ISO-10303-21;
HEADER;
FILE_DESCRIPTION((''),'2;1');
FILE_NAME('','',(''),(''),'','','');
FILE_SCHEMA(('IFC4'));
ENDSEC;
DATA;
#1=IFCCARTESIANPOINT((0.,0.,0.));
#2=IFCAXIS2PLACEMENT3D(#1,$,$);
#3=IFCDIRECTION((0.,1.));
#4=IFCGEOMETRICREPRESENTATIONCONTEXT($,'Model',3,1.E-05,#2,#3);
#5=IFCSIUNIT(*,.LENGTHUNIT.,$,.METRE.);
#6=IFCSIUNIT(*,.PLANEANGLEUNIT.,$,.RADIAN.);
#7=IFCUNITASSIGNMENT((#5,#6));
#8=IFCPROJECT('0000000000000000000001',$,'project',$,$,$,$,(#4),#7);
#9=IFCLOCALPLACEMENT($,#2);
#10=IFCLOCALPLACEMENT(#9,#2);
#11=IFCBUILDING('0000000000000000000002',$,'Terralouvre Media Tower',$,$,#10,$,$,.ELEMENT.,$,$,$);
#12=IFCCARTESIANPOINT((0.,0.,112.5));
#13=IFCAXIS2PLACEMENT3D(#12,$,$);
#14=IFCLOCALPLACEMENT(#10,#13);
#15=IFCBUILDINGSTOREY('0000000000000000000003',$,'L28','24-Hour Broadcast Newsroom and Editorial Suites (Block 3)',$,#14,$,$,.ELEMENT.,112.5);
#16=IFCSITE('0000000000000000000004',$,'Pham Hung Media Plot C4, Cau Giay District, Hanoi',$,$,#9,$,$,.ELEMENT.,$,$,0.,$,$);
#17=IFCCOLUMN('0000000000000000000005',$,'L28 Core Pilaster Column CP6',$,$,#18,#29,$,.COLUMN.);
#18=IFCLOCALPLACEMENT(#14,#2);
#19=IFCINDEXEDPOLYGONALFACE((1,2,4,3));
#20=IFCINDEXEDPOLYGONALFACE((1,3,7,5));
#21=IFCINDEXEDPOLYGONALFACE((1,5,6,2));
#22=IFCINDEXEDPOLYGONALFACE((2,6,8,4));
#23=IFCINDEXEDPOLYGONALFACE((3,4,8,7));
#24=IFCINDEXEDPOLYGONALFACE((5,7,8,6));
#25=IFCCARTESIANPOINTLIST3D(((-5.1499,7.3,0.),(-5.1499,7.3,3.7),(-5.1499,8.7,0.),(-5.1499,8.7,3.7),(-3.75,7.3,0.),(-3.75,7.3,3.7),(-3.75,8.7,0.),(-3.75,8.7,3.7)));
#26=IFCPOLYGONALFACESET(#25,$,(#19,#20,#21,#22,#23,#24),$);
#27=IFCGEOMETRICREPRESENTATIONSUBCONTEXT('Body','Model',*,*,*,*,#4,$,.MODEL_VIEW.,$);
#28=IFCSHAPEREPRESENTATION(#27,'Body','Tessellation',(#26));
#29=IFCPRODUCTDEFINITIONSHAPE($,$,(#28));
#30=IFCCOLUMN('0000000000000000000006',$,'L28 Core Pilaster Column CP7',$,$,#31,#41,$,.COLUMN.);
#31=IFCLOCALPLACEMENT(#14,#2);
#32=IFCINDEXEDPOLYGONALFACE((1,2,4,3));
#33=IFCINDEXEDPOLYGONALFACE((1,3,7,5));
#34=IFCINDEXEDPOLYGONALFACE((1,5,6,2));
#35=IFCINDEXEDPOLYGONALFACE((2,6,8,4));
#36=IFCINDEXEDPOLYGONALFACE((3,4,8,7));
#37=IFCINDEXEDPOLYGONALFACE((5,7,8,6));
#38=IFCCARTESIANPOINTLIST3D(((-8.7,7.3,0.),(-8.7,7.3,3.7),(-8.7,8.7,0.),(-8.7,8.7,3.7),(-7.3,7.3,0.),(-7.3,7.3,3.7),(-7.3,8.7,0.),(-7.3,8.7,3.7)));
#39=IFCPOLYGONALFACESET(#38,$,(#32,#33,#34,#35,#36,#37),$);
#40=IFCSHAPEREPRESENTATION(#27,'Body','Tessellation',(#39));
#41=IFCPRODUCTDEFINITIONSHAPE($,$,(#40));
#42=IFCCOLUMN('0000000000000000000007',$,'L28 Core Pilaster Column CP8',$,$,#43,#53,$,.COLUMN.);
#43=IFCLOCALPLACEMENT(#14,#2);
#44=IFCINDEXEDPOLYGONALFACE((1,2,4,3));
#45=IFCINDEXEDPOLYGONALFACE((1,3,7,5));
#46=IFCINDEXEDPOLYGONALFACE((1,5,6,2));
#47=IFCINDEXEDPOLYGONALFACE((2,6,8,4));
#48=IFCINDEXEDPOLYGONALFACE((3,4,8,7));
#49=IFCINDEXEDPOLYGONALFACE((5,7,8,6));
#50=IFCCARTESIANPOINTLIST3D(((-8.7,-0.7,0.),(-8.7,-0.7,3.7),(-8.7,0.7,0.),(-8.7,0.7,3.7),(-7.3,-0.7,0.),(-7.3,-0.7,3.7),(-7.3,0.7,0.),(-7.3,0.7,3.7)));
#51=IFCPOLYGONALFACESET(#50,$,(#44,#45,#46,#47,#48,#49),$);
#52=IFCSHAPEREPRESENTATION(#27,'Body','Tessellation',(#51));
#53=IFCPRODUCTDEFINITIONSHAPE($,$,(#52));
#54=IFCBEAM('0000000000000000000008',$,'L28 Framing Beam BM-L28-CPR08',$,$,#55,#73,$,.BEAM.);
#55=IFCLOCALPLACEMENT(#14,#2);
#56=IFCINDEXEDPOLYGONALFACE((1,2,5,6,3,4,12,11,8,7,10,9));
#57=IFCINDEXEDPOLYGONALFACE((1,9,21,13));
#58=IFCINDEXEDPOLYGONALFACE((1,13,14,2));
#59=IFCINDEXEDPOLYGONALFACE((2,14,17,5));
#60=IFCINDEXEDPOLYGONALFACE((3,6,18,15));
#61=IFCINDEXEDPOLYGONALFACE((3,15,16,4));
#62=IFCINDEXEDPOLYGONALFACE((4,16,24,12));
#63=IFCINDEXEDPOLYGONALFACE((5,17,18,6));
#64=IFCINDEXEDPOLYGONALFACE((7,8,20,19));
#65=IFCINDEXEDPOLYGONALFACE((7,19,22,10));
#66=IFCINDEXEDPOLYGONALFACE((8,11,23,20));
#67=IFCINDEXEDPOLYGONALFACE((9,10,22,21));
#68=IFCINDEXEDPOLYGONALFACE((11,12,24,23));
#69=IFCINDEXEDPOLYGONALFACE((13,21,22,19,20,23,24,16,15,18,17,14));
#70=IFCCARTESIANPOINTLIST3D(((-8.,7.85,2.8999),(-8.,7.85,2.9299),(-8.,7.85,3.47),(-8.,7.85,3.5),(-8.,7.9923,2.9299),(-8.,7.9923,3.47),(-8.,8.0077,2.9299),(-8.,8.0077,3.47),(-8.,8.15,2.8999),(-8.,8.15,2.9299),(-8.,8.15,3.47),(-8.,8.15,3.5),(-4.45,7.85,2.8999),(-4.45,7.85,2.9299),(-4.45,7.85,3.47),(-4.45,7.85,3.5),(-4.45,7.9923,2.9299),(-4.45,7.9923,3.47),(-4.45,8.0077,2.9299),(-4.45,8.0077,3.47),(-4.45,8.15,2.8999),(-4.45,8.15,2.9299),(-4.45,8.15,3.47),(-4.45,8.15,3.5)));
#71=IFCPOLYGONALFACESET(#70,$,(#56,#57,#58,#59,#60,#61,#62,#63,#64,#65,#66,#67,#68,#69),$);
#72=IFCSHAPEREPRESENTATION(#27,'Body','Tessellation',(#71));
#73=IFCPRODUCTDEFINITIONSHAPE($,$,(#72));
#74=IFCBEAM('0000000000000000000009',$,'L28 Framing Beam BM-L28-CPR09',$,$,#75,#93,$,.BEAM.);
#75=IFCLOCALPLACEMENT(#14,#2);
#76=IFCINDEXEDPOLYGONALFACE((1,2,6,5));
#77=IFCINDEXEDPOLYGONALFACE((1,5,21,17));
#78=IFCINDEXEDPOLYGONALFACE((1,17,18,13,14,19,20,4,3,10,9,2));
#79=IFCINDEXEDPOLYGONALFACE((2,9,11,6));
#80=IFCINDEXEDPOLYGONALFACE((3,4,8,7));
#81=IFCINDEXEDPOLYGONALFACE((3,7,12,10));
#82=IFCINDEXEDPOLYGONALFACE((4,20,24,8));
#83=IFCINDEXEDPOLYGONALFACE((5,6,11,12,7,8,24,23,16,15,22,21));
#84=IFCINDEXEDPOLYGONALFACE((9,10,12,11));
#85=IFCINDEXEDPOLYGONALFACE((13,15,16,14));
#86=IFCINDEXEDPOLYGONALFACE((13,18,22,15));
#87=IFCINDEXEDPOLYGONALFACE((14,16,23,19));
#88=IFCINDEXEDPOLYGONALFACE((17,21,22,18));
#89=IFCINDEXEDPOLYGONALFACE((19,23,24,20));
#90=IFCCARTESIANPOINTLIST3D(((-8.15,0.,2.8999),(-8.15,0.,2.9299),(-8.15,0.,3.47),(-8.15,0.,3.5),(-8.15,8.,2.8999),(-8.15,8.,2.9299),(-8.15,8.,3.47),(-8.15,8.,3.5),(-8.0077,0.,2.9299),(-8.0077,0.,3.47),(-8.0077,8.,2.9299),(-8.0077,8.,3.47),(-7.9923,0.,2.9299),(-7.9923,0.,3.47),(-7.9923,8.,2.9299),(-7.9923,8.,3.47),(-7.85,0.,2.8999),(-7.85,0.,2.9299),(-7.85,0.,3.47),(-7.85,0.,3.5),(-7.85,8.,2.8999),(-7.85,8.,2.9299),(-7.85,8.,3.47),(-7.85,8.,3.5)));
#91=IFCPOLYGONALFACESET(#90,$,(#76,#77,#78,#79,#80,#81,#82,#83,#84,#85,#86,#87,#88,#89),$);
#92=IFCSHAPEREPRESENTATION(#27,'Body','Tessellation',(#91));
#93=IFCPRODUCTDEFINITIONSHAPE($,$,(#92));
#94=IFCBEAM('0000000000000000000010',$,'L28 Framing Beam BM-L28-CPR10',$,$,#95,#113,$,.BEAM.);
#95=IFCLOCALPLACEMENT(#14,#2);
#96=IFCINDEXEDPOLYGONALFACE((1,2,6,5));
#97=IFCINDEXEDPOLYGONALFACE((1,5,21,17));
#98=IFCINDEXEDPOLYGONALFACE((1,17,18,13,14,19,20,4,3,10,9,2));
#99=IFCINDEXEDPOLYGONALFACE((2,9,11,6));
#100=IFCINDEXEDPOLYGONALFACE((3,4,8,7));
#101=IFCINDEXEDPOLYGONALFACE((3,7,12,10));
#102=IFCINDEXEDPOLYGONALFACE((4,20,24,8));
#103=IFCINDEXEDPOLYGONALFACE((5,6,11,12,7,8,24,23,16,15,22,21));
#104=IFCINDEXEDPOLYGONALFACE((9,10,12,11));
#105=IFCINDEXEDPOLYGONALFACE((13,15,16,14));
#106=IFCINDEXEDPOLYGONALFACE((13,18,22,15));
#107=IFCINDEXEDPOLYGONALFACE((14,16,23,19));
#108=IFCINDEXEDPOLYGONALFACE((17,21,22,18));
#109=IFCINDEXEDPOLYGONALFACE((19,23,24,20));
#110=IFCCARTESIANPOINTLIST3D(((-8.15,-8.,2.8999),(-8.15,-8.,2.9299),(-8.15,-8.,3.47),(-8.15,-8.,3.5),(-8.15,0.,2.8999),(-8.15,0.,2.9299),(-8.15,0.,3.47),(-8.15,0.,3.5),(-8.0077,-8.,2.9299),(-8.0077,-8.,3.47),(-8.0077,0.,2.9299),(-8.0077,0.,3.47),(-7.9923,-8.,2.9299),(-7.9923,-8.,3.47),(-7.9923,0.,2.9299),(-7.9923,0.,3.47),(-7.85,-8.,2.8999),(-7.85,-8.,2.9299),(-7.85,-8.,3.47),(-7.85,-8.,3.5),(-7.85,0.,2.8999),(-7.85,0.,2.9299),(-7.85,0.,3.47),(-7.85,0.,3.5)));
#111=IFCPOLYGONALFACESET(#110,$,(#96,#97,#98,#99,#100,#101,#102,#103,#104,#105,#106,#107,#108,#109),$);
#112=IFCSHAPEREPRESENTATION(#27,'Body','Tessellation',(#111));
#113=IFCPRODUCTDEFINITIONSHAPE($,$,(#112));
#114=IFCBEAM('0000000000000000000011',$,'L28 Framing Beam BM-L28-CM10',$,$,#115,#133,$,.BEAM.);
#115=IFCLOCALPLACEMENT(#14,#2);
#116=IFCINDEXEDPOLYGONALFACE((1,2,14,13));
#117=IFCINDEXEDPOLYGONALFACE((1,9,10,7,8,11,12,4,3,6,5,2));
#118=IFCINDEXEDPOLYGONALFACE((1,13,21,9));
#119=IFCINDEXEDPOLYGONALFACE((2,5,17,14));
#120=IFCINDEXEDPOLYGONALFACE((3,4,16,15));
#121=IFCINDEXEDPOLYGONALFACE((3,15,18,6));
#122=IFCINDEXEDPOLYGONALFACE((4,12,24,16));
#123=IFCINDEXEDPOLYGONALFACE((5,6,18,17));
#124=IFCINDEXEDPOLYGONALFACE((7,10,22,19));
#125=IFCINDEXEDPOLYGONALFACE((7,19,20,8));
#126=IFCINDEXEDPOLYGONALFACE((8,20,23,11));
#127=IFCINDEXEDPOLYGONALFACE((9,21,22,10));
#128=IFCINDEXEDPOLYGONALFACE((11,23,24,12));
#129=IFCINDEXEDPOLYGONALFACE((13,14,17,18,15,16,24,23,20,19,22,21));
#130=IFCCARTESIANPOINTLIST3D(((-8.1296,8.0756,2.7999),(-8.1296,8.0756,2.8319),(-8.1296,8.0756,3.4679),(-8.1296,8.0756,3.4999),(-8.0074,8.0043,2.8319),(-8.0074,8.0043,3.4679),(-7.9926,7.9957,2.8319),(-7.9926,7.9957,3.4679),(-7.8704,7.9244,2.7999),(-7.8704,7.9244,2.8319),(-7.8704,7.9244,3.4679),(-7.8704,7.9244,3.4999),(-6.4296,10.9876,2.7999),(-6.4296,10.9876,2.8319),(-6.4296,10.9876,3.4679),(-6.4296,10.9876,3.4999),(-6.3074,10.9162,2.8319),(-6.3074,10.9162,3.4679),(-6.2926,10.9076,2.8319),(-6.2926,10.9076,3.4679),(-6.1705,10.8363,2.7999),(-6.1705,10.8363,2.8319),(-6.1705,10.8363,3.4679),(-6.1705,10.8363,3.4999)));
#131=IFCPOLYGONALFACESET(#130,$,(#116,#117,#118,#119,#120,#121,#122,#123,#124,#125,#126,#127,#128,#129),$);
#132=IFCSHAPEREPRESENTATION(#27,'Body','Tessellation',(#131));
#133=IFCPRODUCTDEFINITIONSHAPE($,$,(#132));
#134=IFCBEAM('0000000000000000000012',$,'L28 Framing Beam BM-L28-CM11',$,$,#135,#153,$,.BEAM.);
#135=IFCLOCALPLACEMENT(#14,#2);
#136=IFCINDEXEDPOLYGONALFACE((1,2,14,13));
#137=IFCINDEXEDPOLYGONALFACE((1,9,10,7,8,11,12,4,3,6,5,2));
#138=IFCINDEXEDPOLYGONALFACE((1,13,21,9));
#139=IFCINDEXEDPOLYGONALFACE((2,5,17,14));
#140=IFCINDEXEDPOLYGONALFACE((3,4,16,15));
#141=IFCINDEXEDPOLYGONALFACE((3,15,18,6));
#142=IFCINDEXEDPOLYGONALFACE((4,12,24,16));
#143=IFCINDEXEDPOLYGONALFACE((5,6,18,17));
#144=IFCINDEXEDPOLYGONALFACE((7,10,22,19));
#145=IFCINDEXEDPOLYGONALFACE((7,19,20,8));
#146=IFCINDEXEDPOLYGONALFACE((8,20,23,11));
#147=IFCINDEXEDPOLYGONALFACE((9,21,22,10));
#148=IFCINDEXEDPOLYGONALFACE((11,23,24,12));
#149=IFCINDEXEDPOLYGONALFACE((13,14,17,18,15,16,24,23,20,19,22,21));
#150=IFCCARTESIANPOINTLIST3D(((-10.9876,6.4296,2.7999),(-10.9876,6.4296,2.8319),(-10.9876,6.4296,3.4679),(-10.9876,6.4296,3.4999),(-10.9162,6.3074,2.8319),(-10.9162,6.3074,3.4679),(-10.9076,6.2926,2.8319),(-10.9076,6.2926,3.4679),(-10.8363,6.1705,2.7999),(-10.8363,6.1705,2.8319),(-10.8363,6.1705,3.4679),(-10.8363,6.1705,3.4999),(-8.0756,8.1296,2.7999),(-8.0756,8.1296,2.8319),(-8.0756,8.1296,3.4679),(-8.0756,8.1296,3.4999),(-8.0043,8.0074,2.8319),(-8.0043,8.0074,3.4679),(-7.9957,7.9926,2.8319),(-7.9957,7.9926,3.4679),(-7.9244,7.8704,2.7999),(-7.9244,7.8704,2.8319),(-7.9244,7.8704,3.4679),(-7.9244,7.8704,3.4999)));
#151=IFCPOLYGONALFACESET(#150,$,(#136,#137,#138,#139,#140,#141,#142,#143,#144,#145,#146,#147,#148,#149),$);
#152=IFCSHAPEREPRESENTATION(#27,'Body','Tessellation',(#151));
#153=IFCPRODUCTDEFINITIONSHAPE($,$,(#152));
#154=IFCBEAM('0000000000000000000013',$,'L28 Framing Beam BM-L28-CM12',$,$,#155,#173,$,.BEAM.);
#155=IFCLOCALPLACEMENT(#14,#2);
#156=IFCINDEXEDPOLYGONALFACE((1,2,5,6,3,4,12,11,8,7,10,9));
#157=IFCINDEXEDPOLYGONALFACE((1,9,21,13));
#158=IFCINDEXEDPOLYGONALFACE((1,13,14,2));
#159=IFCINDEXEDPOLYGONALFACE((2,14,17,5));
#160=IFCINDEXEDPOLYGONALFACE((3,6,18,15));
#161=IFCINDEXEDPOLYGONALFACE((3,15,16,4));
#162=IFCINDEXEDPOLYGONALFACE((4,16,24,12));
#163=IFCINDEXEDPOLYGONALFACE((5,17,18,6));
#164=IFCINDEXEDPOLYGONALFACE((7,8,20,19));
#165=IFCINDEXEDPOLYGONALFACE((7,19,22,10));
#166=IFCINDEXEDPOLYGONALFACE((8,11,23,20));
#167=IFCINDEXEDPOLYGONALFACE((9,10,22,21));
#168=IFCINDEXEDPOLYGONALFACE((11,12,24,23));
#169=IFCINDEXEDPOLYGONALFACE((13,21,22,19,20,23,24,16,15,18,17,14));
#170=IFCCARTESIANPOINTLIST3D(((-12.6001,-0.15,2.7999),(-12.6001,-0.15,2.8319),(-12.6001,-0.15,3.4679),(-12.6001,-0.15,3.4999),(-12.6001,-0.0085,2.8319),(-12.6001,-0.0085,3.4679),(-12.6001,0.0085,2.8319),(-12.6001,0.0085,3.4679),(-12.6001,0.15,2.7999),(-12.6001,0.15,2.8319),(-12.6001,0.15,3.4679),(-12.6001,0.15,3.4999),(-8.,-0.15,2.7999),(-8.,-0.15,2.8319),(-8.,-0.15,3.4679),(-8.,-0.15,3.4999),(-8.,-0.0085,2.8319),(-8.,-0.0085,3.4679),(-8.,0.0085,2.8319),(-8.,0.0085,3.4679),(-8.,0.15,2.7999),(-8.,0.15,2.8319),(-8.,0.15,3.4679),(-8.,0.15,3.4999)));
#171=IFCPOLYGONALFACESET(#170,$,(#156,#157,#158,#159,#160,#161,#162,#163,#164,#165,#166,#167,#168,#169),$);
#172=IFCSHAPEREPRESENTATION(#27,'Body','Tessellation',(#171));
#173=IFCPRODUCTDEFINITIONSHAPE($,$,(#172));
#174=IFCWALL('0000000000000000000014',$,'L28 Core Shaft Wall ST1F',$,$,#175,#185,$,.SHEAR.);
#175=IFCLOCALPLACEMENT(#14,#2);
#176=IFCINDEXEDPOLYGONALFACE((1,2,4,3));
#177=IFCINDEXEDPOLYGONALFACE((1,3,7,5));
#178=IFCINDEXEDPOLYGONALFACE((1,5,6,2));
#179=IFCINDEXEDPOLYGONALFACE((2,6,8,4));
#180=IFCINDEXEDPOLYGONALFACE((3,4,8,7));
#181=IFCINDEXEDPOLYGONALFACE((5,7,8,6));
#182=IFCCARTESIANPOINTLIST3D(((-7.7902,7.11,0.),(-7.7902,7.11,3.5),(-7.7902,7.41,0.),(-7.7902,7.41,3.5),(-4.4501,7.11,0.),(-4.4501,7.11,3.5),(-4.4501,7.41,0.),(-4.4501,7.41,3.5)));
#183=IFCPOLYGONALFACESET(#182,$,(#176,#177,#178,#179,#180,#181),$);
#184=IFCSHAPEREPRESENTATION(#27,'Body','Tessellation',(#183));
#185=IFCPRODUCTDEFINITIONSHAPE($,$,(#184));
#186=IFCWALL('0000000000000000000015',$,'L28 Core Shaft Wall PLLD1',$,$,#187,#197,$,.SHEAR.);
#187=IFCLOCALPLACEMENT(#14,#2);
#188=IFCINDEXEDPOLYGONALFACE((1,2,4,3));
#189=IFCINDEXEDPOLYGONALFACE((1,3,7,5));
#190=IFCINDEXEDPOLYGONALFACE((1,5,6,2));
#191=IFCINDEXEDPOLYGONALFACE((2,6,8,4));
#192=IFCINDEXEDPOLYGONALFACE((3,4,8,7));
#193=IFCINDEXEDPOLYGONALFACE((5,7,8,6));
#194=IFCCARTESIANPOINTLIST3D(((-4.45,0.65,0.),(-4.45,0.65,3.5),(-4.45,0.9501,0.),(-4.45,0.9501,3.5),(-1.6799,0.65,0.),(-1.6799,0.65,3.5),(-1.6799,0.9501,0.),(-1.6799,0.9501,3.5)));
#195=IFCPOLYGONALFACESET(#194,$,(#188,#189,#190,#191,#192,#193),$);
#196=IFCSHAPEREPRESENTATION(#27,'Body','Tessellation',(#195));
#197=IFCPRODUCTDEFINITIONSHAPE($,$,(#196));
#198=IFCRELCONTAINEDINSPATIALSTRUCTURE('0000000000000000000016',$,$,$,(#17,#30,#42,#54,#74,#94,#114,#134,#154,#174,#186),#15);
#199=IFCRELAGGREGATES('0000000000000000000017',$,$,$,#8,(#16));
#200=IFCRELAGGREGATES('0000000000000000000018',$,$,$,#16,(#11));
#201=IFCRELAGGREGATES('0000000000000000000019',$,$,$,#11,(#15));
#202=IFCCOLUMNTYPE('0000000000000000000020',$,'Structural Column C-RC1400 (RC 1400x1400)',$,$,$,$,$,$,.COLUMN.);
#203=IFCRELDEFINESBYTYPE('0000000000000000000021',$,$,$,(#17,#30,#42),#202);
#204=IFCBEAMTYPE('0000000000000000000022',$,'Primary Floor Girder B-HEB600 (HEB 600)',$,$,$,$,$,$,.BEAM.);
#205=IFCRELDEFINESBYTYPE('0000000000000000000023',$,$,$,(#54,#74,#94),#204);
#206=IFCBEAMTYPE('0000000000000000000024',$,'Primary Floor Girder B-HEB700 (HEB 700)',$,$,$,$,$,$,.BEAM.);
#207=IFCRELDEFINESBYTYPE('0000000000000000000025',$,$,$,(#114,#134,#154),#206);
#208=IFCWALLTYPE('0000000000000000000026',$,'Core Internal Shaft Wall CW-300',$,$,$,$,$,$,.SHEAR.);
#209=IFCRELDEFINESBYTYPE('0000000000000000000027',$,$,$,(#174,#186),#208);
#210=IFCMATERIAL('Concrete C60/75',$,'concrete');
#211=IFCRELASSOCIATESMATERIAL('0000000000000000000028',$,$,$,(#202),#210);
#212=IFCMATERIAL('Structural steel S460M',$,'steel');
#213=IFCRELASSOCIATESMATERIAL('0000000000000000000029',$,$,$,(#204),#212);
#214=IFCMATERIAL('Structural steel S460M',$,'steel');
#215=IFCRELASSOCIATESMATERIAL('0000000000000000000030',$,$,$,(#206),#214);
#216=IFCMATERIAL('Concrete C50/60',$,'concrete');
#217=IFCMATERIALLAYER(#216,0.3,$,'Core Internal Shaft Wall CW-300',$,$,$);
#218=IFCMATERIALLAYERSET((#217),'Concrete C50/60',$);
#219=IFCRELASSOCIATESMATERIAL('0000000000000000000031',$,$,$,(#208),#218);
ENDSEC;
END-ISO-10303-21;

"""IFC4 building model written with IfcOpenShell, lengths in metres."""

from ifc_helpers import new_model, si_unit, direction, frame, frame_2d, origin, origin_2d, place, context, subcontext, project, spatial, rectangle, i_section, extrude, material, layer, layer_set, material_profile, profile_set, type_object, element, save


model = new_model("IFC4")

# Units and contexts
model_context = context("Model", 3, precision=1e-05, world=origin(), true_north=direction((0.0, 1.0)))
body_context = subcontext(model_context, "Body", "Model", "MODEL_VIEW")
ifc_project = project(units=[si_unit("LENGTHUNIT", "METRE"), si_unit("PLANEANGLEUNIT", "RADIAN")], contexts=[model_context])

# Site, building, storey
site_placement = place(None, origin())
site = spatial("IfcSite", under=ifc_project, at=site_placement, Name="Pham Hung Media Plot C4, Cau Giay District, Hanoi", CompositionType="ELEMENT", RefElevation=0.0)
building_placement = place(site_placement, origin())
building = spatial("IfcBuilding", under=site, at=building_placement, Name="Terralouvre Media Tower", CompositionType="ELEMENT")
storey_placement = place(building_placement, frame((0.0, 0.0, 112.5)))
storey = spatial("IfcBuildingStorey", under=building, at=storey_placement, Name="L28", Description="24-Hour Broadcast Newsroom and Editorial Suites (Block 3)", CompositionType="ELEMENT", Elevation=112.5)

# Columns
ifc_material_1 = material(Name="Concrete C60/75", Category="concrete")
ifc_material_profile_1 = material_profile(ifc_material_1, rectangle(XDim=1.3999, YDim=1.3999, at=origin_2d()), Name="RC 1400x1400")
ifc_profile_set_1 = profile_set([ifc_material_profile_1], Name="Concrete C60/75")
column_type = type_object("IfcColumnType", Name="Structural Column C-RC1400 (RC 1400x1400)", PredefinedType="COLUMN", material=ifc_profile_set_1)
for number, where, z_axis, x_axis, name in (
    (1, (-4.45, 8.0, 0.0), (0.0, 0.0, 1.0), (1.0, 0.0, 0.0), "L28 Core Pilaster Column CP6"),
    (2, (-8.0, 8.0, 0.0), (0.0, 0.0, 1.0), (1.0, 0.0, 0.0), "L28 Core Pilaster Column CP7"),
    (3, (-8.0, 0.0, 0.0), (0.0, 0.0, 1.0), (1.0, 0.0, 0.0), "L28 Core Pilaster Column CP8"),
):
    element("IfcColumn", number, at=place(storey_placement, frame(where, z_axis=z_axis, x_axis=x_axis)), inside=storey, type_object=column_type, Name=name, PredefinedType="COLUMN", context=body_context, shape_type="SweptSolid", body=[
        extrude(rectangle(XDim=1.3999, YDim=1.3999, at=origin_2d()), origin(), (0.0, 0.0, 1.0), 3.7),
    ])

# Beams
ifc_material_2 = material(Name="Structural steel S460M", Category="steel")
ifc_material_profile_2 = material_profile(ifc_material_2, i_section(OverallWidth=0.3, OverallDepth=0.6001, WebThickness=0.0154, FlangeThickness=0.03, at=origin_2d()), Name="HEB 600")
ifc_profile_set_2 = profile_set([ifc_material_profile_2], Name="Structural steel S460M")
beam_type_1 = type_object("IfcBeamType", Name="Primary Floor Girder B-HEB600 (HEB 600)", PredefinedType="BEAM", material=ifc_profile_set_2)
beam_1_placement = place(storey_placement, frame((-4.45, 8.0, 3.2), z_axis=(-1.0, 0.0, 0.0), x_axis=(0.0, -1.0, 0.0)))
element("IfcBeam", 4, at=beam_1_placement, inside=storey, type_object=beam_type_1, Name="L28 Framing Beam BM-L28-CPR08", PredefinedType="BEAM", context=body_context, shape_type="SweptSolid", body=[
    extrude(i_section(OverallWidth=0.3, OverallDepth=0.6001, WebThickness=0.0154, FlangeThickness=0.03, at=origin_2d()), origin(), (0.0, 0.0, 1.0), 3.55),
])
for number, where, z_axis, x_axis, name in (
    (5, (-8.0, 8.0, 3.2), (0.0, -1.0, 0.0), (1.0, 0.0, 0.0), "L28 Framing Beam BM-L28-CPR09"),
    (6, (-8.0, 0.0, 3.2), (0.0, -1.0, 0.0), (1.0, 0.0, 0.0), "L28 Framing Beam BM-L28-CPR10"),
):
    element("IfcBeam", number, at=place(storey_placement, frame(where, z_axis=z_axis, x_axis=x_axis)), inside=storey, type_object=beam_type_1, Name=name, PredefinedType="BEAM", context=body_context, shape_type="SweptSolid", body=[
        extrude(i_section(OverallWidth=0.3, OverallDepth=0.6001, WebThickness=0.0154, FlangeThickness=0.03, at=origin_2d()), origin(), (0.0, 0.0, 1.0), 8.0),
    ])
ifc_material_3 = material(Name="Structural steel S460M", Category="steel")
ifc_material_profile_3 = material_profile(ifc_material_3, i_section(OverallWidth=0.3, OverallDepth=0.7, WebThickness=0.0171, FlangeThickness=0.032, at=origin_2d()), Name="HEB 700")
ifc_profile_set_3 = profile_set([ifc_material_profile_3], Name="Structural steel S460M")
beam_type_2 = type_object("IfcBeamType", Name="Primary Floor Girder B-HEB700 (HEB 700)", PredefinedType="BEAM", material=ifc_profile_set_3)
for number, where, z_axis, x_axis, name in (
    (7, (-8.0, 8.0, 3.1499), (0.504173, 0.863603, 0.0), (-0.863603, 0.504173, 0.0), "L28 Framing Beam BM-L28-CM10"),
    (8, (-8.0, 8.0, 3.1499), (-0.863603, -0.504173, 0.0), (0.504173, -0.863603, 0.0), "L28 Framing Beam BM-L28-CM11"),
):
    element("IfcBeam", number, at=place(storey_placement, frame(where, z_axis=z_axis, x_axis=x_axis)), inside=storey, type_object=beam_type_2, Name=name, PredefinedType="BEAM", context=body_context, shape_type="SweptSolid", body=[
        extrude(i_section(OverallWidth=0.3, OverallDepth=0.7, WebThickness=0.0171, FlangeThickness=0.032, at=origin_2d()), origin(), (0.0, 0.0, 1.0), 3.3718),
    ])
beam_2_placement = place(storey_placement, frame((-8.0, 0.0, 3.1499), z_axis=(-1.0, 0.0, 0.0), x_axis=(0.0, -1.0, 0.0)))
element("IfcBeam", 9, at=beam_2_placement, inside=storey, type_object=beam_type_2, Name="L28 Framing Beam BM-L28-CM12", PredefinedType="BEAM", context=body_context, shape_type="SweptSolid", body=[
    extrude(i_section(OverallWidth=0.3, OverallDepth=0.7, WebThickness=0.0171, FlangeThickness=0.032, at=origin_2d()), origin(), (0.0, 0.0, 1.0), 4.6001),
])

# Shared definitions
ifc_material_4 = material(Name="Concrete C50/60", Category="concrete")
ifc_layer_1 = layer(ifc_material_4, 0.3, Name="Core Internal Shaft Wall CW-300")
ifc_layer_set_1 = layer_set([ifc_layer_1], Name="Concrete C50/60")
wall_type_1 = type_object("IfcWallType", Name="Core Internal Shaft Wall CW-300", PredefinedType="SHEAR", material=ifc_layer_set_1)

# Walls
wall_1_placement = place(storey_placement, frame((-7.79, 7.26, 0.0), z_axis=(0.0, 0.0, 1.0), x_axis=(1.0, 0.0, 0.0)))
element("IfcWall", 10, at=wall_1_placement, inside=storey, type_object=wall_type_1, Name="L28 Core Shaft Wall ST1F", PredefinedType="SHEAR", context=body_context, shape_type="SweptSolid", body=[
    extrude(rectangle(XDim=3.3401, YDim=0.3, at=frame_2d((1.6699, 0.0))), origin(), (0.0, 0.0, 1.0), 3.5),
])
for number, where, z_axis, x_axis, name in (
    (11, (-4.45, 0.8, 0.0), (0.0, 0.0, 1.0), (1.0, 0.0, 0.0), "L28 Core Shaft Wall PLLD1"),
):
    element("IfcWall", number, at=place(storey_placement, frame(where, z_axis=z_axis, x_axis=x_axis)), inside=storey, type_object=wall_type_1, Name=name, PredefinedType="SHEAR", context=body_context, shape_type="SweptSolid", body=[
        extrude(rectangle(XDim=2.77, YDim=0.3, at=frame_2d((1.385, 0.0))), origin(), (0.0, 0.0, 1.0), 3.5),
    ])

save(model, "model.ifc")
